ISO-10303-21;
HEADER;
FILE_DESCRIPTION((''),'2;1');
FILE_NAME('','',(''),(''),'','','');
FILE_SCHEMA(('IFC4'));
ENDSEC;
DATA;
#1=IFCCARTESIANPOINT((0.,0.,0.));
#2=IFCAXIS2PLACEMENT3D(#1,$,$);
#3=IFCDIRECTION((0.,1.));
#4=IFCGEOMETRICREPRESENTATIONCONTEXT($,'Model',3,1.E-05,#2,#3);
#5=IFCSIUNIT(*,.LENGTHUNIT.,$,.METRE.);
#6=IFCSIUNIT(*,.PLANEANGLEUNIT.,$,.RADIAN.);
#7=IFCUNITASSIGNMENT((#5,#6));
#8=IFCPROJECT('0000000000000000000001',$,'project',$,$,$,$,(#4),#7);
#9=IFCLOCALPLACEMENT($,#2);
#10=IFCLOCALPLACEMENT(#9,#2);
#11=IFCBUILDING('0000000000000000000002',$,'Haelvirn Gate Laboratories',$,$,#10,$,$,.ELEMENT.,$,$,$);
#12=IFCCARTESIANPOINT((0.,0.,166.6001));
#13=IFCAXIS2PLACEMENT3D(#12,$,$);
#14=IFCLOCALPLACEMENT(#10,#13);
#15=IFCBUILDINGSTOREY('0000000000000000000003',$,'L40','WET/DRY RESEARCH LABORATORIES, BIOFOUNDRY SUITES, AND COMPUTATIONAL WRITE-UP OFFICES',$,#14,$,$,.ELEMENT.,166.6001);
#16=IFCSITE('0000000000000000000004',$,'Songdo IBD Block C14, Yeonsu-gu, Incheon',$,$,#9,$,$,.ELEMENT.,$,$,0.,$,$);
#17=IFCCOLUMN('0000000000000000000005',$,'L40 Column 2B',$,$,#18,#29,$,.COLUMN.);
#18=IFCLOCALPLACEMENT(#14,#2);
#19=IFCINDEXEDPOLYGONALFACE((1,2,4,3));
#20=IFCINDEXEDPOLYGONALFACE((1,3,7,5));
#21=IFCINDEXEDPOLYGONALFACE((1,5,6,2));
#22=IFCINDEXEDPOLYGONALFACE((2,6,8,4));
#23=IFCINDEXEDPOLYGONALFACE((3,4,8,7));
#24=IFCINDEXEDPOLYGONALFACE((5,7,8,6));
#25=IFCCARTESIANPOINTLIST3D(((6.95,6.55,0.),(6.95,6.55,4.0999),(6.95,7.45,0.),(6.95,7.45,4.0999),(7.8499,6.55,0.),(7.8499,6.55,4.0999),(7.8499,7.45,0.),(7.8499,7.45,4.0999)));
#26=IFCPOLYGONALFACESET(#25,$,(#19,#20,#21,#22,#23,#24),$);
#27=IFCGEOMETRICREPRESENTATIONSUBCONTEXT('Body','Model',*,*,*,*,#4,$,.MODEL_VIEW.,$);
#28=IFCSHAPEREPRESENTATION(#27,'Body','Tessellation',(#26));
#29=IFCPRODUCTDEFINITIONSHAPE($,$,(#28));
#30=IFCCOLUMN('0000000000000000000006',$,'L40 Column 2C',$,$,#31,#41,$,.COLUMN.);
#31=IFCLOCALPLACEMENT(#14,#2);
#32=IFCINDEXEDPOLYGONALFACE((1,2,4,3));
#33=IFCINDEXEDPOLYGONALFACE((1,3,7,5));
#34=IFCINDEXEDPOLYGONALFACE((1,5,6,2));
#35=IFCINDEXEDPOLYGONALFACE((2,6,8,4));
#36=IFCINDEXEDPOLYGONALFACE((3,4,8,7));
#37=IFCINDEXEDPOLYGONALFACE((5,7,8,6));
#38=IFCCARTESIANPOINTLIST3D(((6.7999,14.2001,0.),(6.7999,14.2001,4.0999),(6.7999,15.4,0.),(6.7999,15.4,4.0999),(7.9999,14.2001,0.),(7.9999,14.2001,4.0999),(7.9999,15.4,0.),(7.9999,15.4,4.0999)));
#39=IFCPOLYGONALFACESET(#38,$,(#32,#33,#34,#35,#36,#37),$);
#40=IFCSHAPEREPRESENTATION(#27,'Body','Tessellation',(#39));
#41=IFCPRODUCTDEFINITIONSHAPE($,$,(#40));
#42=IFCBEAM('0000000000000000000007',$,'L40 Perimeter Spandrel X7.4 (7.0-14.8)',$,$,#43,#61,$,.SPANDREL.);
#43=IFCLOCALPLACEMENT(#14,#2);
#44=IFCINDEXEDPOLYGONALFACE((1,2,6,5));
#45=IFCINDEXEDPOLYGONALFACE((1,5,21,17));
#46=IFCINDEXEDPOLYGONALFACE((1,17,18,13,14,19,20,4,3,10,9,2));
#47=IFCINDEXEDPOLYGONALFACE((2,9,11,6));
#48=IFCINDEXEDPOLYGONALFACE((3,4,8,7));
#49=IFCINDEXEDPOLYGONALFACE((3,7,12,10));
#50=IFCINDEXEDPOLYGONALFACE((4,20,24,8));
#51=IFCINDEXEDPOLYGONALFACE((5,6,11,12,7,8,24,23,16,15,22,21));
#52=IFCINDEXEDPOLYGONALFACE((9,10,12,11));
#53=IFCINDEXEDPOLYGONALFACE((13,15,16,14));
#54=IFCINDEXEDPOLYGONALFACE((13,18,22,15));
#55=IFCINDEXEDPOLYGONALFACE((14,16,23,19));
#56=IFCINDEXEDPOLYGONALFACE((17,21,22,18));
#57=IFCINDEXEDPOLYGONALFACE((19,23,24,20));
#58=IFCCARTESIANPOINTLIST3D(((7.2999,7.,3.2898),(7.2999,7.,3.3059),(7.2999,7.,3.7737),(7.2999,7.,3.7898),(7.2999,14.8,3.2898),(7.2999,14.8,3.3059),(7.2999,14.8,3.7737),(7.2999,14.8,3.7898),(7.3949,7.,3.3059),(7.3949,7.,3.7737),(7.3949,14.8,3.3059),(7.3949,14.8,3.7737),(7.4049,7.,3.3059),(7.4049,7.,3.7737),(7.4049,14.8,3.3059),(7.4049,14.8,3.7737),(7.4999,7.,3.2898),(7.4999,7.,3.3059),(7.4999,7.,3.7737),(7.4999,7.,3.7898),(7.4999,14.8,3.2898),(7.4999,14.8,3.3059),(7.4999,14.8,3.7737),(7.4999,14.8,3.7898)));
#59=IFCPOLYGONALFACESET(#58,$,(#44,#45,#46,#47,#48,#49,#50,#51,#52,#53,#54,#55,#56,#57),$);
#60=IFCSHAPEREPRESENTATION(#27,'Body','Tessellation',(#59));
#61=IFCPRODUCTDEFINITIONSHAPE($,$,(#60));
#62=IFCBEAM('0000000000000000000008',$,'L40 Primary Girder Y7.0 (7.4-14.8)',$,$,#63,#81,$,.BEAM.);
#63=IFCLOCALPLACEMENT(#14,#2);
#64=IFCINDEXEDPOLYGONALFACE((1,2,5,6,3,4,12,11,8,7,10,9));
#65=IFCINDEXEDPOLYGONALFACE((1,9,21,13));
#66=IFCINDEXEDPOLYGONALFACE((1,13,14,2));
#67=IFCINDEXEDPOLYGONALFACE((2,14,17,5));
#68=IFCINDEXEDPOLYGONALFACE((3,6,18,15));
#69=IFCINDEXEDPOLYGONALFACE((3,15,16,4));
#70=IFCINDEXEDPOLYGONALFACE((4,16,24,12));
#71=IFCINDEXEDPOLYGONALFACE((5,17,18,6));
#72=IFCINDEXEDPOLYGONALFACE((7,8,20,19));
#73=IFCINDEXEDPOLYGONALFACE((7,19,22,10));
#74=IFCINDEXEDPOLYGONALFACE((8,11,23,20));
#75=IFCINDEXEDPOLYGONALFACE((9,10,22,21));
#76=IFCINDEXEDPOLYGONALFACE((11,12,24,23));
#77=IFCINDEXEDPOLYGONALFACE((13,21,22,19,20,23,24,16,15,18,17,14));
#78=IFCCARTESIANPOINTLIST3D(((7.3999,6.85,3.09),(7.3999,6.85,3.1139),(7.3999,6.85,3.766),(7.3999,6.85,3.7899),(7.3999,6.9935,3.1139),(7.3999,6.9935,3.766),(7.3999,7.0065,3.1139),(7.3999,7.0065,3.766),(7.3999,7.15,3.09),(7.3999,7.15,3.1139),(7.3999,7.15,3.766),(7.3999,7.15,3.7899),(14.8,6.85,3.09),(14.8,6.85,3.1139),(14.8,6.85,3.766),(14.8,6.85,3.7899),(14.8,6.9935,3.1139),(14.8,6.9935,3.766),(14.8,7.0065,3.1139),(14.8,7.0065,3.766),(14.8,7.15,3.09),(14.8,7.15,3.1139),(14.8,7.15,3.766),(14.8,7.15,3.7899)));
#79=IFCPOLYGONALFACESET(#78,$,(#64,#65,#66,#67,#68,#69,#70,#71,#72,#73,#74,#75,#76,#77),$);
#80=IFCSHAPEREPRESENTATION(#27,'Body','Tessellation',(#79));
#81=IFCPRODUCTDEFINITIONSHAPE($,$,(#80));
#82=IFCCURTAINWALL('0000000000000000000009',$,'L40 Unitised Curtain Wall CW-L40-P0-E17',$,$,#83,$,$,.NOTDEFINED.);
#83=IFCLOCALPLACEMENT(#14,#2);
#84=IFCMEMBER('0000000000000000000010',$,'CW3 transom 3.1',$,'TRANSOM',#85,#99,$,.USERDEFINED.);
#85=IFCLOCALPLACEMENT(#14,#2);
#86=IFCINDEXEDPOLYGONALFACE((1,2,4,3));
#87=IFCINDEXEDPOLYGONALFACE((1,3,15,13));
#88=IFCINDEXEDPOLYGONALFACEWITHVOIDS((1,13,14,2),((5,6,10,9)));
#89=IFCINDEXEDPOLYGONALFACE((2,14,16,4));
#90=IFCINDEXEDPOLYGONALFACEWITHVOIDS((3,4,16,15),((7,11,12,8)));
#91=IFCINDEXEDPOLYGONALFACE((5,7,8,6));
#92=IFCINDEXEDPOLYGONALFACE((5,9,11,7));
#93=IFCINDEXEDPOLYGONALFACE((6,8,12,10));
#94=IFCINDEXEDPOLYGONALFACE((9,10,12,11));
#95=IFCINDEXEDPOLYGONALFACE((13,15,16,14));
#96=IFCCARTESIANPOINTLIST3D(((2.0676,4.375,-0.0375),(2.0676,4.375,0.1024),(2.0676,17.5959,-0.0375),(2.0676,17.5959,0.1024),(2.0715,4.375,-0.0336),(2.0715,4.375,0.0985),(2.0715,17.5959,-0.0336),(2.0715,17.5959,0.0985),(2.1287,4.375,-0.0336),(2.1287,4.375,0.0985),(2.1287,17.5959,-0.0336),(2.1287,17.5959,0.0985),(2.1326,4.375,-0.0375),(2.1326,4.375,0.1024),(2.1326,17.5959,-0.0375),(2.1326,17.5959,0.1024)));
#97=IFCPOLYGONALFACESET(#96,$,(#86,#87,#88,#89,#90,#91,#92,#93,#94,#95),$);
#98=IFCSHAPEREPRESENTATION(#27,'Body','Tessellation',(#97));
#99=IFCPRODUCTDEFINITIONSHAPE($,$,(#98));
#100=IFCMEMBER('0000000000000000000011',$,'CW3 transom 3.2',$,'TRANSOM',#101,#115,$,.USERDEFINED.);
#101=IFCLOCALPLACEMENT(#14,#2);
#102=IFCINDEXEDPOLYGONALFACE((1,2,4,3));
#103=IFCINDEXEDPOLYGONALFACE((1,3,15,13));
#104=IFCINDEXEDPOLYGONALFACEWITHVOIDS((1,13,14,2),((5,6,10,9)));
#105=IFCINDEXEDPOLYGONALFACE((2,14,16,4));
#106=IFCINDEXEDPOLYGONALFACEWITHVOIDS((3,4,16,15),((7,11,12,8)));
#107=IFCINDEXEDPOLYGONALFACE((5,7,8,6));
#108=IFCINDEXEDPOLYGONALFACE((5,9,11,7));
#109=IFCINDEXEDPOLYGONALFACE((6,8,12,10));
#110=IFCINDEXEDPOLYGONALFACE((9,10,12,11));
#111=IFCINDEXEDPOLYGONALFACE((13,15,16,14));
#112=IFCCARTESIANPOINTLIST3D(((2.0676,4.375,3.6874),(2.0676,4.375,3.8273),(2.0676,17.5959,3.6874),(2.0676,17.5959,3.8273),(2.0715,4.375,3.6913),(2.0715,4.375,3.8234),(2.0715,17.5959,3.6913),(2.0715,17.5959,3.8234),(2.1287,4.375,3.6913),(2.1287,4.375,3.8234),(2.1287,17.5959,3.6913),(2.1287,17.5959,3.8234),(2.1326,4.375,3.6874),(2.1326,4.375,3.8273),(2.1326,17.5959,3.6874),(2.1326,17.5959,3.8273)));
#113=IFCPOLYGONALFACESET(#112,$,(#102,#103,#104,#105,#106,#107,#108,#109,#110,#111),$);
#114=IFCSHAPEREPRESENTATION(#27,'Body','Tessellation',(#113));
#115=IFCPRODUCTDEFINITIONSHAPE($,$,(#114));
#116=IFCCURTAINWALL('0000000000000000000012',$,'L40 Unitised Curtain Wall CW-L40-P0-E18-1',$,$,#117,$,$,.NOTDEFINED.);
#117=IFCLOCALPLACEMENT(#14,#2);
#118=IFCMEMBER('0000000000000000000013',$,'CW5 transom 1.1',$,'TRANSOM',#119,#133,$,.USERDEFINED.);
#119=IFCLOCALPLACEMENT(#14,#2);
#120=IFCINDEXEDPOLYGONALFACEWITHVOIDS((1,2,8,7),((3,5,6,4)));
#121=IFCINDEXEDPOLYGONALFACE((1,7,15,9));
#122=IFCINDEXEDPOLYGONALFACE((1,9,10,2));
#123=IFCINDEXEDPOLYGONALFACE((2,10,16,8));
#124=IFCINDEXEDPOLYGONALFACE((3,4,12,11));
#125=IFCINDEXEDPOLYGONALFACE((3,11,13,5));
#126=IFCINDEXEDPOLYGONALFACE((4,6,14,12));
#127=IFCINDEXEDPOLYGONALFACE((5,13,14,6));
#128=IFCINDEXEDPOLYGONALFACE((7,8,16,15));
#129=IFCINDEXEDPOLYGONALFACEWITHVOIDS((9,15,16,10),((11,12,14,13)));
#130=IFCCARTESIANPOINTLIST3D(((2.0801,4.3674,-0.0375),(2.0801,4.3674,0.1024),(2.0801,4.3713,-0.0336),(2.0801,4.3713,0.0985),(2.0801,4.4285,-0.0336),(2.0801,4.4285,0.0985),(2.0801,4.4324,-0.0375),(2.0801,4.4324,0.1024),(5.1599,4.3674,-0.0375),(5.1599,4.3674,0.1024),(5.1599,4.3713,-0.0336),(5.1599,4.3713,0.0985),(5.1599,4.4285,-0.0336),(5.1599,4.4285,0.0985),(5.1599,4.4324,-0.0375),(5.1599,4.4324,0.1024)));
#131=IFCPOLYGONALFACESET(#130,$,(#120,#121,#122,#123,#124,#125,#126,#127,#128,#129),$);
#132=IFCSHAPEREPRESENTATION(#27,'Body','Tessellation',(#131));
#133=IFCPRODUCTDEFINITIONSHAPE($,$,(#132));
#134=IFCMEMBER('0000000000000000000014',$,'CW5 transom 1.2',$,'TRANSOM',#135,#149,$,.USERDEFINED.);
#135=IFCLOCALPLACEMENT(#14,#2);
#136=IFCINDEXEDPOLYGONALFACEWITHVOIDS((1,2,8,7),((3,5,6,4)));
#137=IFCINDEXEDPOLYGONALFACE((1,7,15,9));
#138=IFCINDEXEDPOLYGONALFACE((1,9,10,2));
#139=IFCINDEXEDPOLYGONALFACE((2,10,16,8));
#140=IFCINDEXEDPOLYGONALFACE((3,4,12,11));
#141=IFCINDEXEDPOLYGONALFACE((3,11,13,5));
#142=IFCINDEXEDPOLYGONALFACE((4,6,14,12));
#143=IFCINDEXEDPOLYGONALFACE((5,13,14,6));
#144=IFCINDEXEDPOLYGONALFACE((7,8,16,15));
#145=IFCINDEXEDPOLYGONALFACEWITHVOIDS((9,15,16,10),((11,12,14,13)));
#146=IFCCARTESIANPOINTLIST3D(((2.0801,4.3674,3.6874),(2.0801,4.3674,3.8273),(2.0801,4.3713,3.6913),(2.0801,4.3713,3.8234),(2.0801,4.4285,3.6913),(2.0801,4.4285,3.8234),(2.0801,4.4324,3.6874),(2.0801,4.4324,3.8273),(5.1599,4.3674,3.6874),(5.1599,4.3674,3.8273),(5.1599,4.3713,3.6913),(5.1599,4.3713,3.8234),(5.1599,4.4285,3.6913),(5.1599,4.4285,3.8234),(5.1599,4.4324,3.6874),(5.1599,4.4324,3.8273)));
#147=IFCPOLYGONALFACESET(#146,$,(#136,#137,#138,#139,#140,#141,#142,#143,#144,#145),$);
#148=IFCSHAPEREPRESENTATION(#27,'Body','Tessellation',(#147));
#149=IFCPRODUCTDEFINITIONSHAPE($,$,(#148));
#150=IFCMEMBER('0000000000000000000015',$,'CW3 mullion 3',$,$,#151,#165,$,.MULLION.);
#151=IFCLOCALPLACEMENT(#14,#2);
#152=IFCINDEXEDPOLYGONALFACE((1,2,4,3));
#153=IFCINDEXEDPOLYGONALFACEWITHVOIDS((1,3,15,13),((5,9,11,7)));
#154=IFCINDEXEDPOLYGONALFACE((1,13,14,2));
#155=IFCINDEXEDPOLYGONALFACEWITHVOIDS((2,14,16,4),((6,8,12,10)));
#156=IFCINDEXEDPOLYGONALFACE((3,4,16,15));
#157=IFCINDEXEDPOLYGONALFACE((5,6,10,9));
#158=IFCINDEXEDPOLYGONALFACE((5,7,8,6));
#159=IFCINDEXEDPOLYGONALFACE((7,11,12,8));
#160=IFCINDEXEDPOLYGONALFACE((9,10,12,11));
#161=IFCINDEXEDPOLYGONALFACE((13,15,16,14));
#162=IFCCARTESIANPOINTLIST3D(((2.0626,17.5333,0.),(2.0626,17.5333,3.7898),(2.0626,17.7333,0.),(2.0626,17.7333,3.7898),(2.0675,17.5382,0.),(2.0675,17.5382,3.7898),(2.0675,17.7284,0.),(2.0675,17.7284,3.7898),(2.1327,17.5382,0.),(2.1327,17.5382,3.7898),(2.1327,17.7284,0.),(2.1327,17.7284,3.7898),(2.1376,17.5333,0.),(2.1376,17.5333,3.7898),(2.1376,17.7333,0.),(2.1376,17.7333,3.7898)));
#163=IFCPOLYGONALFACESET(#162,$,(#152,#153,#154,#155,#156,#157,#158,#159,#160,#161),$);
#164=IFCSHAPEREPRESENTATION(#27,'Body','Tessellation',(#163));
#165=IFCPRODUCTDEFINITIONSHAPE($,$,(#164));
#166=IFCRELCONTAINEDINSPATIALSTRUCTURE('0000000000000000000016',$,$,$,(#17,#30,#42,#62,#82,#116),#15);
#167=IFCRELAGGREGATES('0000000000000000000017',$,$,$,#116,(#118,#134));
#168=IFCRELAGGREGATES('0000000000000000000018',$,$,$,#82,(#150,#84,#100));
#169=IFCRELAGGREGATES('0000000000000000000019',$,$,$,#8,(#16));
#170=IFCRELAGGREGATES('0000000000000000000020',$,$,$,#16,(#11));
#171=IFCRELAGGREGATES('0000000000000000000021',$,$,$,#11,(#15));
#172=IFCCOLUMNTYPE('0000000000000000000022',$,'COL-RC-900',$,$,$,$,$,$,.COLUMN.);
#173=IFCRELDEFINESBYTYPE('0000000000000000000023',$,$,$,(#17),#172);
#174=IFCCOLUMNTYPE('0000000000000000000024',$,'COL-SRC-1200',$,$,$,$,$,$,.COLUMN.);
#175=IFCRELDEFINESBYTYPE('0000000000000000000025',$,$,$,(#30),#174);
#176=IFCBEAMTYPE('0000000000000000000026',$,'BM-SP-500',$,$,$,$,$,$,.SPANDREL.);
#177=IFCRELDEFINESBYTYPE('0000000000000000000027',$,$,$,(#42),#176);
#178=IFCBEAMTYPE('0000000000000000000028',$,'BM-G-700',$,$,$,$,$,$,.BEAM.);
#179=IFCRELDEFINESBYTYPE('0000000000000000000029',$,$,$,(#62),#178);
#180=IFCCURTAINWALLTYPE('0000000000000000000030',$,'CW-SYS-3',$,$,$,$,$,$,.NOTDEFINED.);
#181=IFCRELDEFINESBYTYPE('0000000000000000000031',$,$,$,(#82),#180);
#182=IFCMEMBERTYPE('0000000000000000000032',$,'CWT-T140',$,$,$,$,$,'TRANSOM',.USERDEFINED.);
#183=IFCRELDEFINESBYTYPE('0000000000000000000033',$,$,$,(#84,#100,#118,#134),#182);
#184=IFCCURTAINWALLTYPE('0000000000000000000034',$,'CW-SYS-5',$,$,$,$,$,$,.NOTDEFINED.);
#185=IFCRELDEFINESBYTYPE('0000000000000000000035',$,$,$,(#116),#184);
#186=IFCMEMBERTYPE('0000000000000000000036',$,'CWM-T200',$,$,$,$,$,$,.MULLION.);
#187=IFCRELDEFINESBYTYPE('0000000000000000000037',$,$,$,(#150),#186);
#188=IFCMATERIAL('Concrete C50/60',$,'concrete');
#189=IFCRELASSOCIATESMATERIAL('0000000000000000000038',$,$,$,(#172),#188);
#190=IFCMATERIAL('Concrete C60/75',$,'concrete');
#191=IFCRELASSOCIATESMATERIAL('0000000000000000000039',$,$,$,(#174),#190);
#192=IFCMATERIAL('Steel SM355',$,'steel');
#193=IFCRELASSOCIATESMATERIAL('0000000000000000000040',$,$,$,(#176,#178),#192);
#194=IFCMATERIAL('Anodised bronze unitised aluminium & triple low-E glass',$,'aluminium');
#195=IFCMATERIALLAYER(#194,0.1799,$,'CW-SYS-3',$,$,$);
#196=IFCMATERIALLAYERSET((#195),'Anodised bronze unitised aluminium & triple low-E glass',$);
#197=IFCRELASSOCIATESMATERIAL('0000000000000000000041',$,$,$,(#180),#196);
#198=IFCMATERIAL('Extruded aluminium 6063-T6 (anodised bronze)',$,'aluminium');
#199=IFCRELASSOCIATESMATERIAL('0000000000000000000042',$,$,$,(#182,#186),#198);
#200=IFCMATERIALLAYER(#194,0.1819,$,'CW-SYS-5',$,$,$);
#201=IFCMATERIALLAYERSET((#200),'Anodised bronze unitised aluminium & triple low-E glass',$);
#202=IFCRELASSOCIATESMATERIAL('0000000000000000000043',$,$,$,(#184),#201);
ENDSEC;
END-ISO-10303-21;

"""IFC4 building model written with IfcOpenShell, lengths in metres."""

from ifc_helpers import new_model, si_unit, direction, frame, origin, origin_2d, place, context, subcontext, project, spatial, rectangle, hollow_rectangle, i_section, extrude, source, transform, mapped, material, layer, layer_set, material_profile, profile_set, type_object, type_shapes, element, aggregate, save


model = new_model("IFC4")

# Units and contexts
model_context = context("Model", 3, precision=1e-05, world=origin(), true_north=direction((0.0, 1.0)))
body_context = subcontext(model_context, "Body", "Model", "MODEL_VIEW")
ifc_project = project(units=[si_unit("LENGTHUNIT", "METRE"), si_unit("PLANEANGLEUNIT", "RADIAN")], contexts=[model_context])

# Site, building, storey
site_placement = place(None, origin())
site = spatial("IfcSite", under=ifc_project, at=site_placement, Name="Songdo IBD Block C14, Yeonsu-gu, Incheon", CompositionType="ELEMENT", RefElevation=0.0)
building_placement = place(site_placement, origin())
building = spatial("IfcBuilding", under=site, at=building_placement, Name="Haelvirn Gate Laboratories", CompositionType="ELEMENT")
storey_placement = place(building_placement, frame((0.0, 0.0, 166.6001)))
storey = spatial("IfcBuildingStorey", under=building, at=storey_placement, Name="L40", Description="WET/DRY RESEARCH LABORATORIES, BIOFOUNDRY SUITES, AND COMPUTATIONAL WRITE-UP OFFICES", CompositionType="ELEMENT", Elevation=166.6001)

# Columns
ifc_material_1 = material(Name="Concrete C50/60", Category="concrete")
ifc_material_profile_1 = material_profile(ifc_material_1, rectangle(XDim=0.8999, YDim=0.8999, at=origin_2d()), Name="RC-900x900")
ifc_profile_set_1 = profile_set([ifc_material_profile_1], Name="Concrete C50/60")
column_type_1 = type_object("IfcColumnType", Name="COL-RC-900", PredefinedType="COLUMN", material=ifc_profile_set_1)
shared_shape_1 = source(origin(), body_context, "Body", "SweptSolid", [
    extrude(rectangle(XDim=0.8999, YDim=0.8999, at=origin_2d()), origin(), (0.0, 0.0, 1.0), 4.0999),
])
type_shapes(column_type_1, [shared_shape_1])
column_1_placement = place(storey_placement, frame((7.3999, 7.0, 0.0), z_axis=(0.0, 0.0, 1.0), x_axis=(1.0, 0.0, 0.0)))
element("IfcColumn", 1, at=column_1_placement, inside=storey, type_object=column_type_1, Name="L40 Column 2B", PredefinedType="COLUMN", context=body_context, shape_type="MappedRepresentation", body=[
    mapped(shared_shape_1, transform((0.0, 0.0, 0.0), scale=1.0)),
])
ifc_material_2 = material(Name="Concrete C60/75", Category="concrete")
ifc_material_profile_2 = material_profile(ifc_material_2, rectangle(XDim=1.2, YDim=1.2, at=origin_2d()), Name="SRC-1200x1200")
ifc_profile_set_2 = profile_set([ifc_material_profile_2], Name="Concrete C60/75")
column_type_2 = type_object("IfcColumnType", Name="COL-SRC-1200", PredefinedType="COLUMN", material=ifc_profile_set_2)
shared_shape_2 = source(origin(), body_context, "Body", "SweptSolid", [
    extrude(rectangle(XDim=1.2, YDim=1.2, at=origin_2d()), origin(), (0.0, 0.0, 1.0), 4.0999),
])
type_shapes(column_type_2, [shared_shape_2])
column_2_placement = place(storey_placement, frame((7.3999, 14.8, 0.0), z_axis=(0.0, 0.0, 1.0), x_axis=(1.0, 0.0, 0.0)))
element("IfcColumn", 2, at=column_2_placement, inside=storey, type_object=column_type_2, Name="L40 Column 2C", PredefinedType="COLUMN", context=body_context, shape_type="MappedRepresentation", body=[
    mapped(shared_shape_2, transform((0.0, 0.0, 0.0), scale=1.0)),
])

# Beams
ifc_material_3 = material(Name="Steel SM355", Category="steel")
ifc_material_profile_3 = material_profile(ifc_material_3, i_section(OverallWidth=0.2, OverallDepth=0.5, WebThickness=0.01, FlangeThickness=0.0161, at=origin_2d()), Name="H-500x200x10x16")
ifc_profile_set_3 = profile_set([ifc_material_profile_3], Name="Steel SM355")
beam_type_1 = type_object("IfcBeamType", Name="BM-SP-500", PredefinedType="SPANDREL", material=ifc_profile_set_3)
shared_shape_3 = source(origin(), body_context, "Body", "SweptSolid", [
    extrude(i_section(OverallWidth=0.2, OverallDepth=0.5, WebThickness=0.01, FlangeThickness=0.0161, at=origin_2d()), origin(), (0.0, 0.0, 1.0), 7.8),
])
type_shapes(beam_type_1, [shared_shape_3])
beam_1_placement = place(storey_placement, frame((7.3999, 7.0, 3.5398), z_axis=(0.0, 1.0, 0.0), x_axis=(-1.0, 0.0, 0.0)))
element("IfcBeam", 3, at=beam_1_placement, inside=storey, type_object=beam_type_1, Name="L40 Perimeter Spandrel X7.4 (7.0-14.8)", PredefinedType="SPANDREL", context=body_context, shape_type="MappedRepresentation", body=[
    mapped(shared_shape_3, transform((0.0, 0.0, 0.0), scale=1.0)),
])
ifc_material_profile_4 = material_profile(ifc_material_3, i_section(OverallWidth=0.3, OverallDepth=0.7, WebThickness=0.0129, FlangeThickness=0.0239, at=origin_2d()), Name="H-700x300x13x24")
ifc_profile_set_4 = profile_set([ifc_material_profile_4], Name="Steel SM355")
beam_type_2 = type_object("IfcBeamType", Name="BM-G-700", PredefinedType="BEAM", material=ifc_profile_set_4)
shared_shape_4 = source(origin(), body_context, "Body", "SweptSolid", [
    extrude(i_section(OverallWidth=0.3, OverallDepth=0.7, WebThickness=0.0129, FlangeThickness=0.0239, at=origin_2d()), origin(), (0.0, 0.0, 1.0), 7.4001),
])
type_shapes(beam_type_2, [shared_shape_4])
beam_2_placement = place(storey_placement, frame((7.3999, 7.0, 3.4399), z_axis=(1.0, 0.0, 0.0), x_axis=(0.0, 1.0, 0.0)))
element("IfcBeam", 4, at=beam_2_placement, inside=storey, type_object=beam_type_2, Name="L40 Primary Girder Y7.0 (7.4-14.8)", PredefinedType="BEAM", context=body_context, shape_type="MappedRepresentation", body=[
    mapped(shared_shape_4, transform((0.0, 0.0, 0.0), scale=1.0)),
])

# Curtain walls, members
ifc_material_4 = material(Name="Anodised bronze unitised aluminium & triple low-E glass", Category="aluminium")
ifc_layer_1 = layer(ifc_material_4, 0.1799, Name="CW-SYS-3")
ifc_layer_set_1 = layer_set([ifc_layer_1], Name="Anodised bronze unitised aluminium & triple low-E glass")
curtain_wall_type_1 = type_object("IfcCurtainWallType", Name="CW-SYS-3", PredefinedType="NOTDEFINED", material=ifc_layer_set_1)
curtain_wall_1_placement = place(storey_placement, origin())
curtain_wall_1 = element("IfcCurtainWall", 5, at=curtain_wall_1_placement, inside=storey, type_object=curtain_wall_type_1, Name="L40 Unitised Curtain Wall CW-L40-P0-E17", PredefinedType="NOTDEFINED")
ifc_material_5 = material(Name="Extruded aluminium 6063-T6 (anodised bronze)", Category="aluminium")
ifc_material_profile_5 = material_profile(ifc_material_5, hollow_rectangle(XDim=0.0649, YDim=0.1399, WallThickness=0.0039, at=origin_2d()), Name="CWT-140x65x4")
ifc_profile_set_5 = profile_set([ifc_material_profile_5], Name="Extruded aluminium 6063-T6 (anodised bronze)")
member_type_1 = type_object("IfcMemberType", Name="CWT-T140", ElementType="TRANSOM", PredefinedType="USERDEFINED", material=ifc_profile_set_5)
shared_shape_5 = source(origin(), body_context, "Body", "SweptSolid", [
    extrude(hollow_rectangle(XDim=0.0649, YDim=0.1399, WallThickness=0.0039, at=origin_2d()), origin(), (0.0, 0.0, 1.0), 13.2209),
])
member_1_placement = place(storey_placement, frame((2.1001, 17.5959, 0.0325), z_axis=(0.0, -1.0, 0.0), x_axis=(1.0, 0.0, 0.0)))
member_1 = element("IfcMember", 6, at=member_1_placement, type_object=member_type_1, Name="CW3 transom 3.1", ObjectType="TRANSOM", PredefinedType="USERDEFINED", context=body_context, shape_type="MappedRepresentation", body=[
    mapped(shared_shape_5, transform((0.0, 0.0, 0.0), scale=1.0)),
])
member_2_placement = place(storey_placement, frame((2.1001, 17.5959, 3.7573), z_axis=(0.0, -1.0, 0.0), x_axis=(1.0, 0.0, 0.0)))
member_2 = element("IfcMember", 7, at=member_2_placement, type_object=member_type_1, Name="CW3 transom 3.2", ObjectType="TRANSOM", PredefinedType="USERDEFINED", context=body_context, shape_type="MappedRepresentation", body=[
    mapped(shared_shape_5, transform((0.0, 0.0, 0.0), scale=1.0)),
])
ifc_layer_2 = layer(ifc_material_4, 0.1819, Name="CW-SYS-5")
ifc_layer_set_2 = layer_set([ifc_layer_2], Name="Anodised bronze unitised aluminium & triple low-E glass")
curtain_wall_type_2 = type_object("IfcCurtainWallType", Name="CW-SYS-5", PredefinedType="NOTDEFINED", material=ifc_layer_set_2)
curtain_wall_2_placement = place(storey_placement, origin())
curtain_wall_2 = element("IfcCurtainWall", 8, at=curtain_wall_2_placement, inside=storey, type_object=curtain_wall_type_2, Name="L40 Unitised Curtain Wall CW-L40-P0-E18-1", PredefinedType="NOTDEFINED")
shared_shape_6 = source(origin(), body_context, "Body", "SweptSolid", [
    extrude(hollow_rectangle(XDim=0.0649, YDim=0.1399, WallThickness=0.0039, at=origin_2d()), origin(), (0.0, 0.0, 1.0), 3.0798),
])
type_shapes(member_type_1, [shared_shape_5, shared_shape_6])
member_3_placement = place(storey_placement, frame((2.0801, 4.3999, 0.0325), z_axis=(1.0, 0.0, 0.0), x_axis=(0.0, 1.0, 0.0)))
member_3 = element("IfcMember", 9, at=member_3_placement, type_object=member_type_1, Name="CW5 transom 1.1", ObjectType="TRANSOM", PredefinedType="USERDEFINED", context=body_context, shape_type="MappedRepresentation", body=[
    mapped(shared_shape_6, transform((0.0, 0.0, 0.0), scale=1.0)),
])
member_4_placement = place(storey_placement, frame((2.0801, 4.3999, 3.7573), z_axis=(1.0, 0.0, 0.0), x_axis=(0.0, 1.0, 0.0)))
member_4 = element("IfcMember", 10, at=member_4_placement, type_object=member_type_1, Name="CW5 transom 1.2", ObjectType="TRANSOM", PredefinedType="USERDEFINED", context=body_context, shape_type="MappedRepresentation", body=[
    mapped(shared_shape_6, transform((0.0, 0.0, 0.0), scale=1.0)),
])

# Member
ifc_material_profile_6 = material_profile(ifc_material_5, hollow_rectangle(XDim=0.075, YDim=0.2, WallThickness=0.0049, at=origin_2d()), Name="CWM-200x75x5")
ifc_profile_set_6 = profile_set([ifc_material_profile_6], Name="Extruded aluminium 6063-T6 (anodised bronze)")
member_type_2 = type_object("IfcMemberType", Name="CWM-T200", PredefinedType="MULLION", material=ifc_profile_set_6)
shared_shape_7 = source(origin(), body_context, "Body", "SweptSolid", [
    extrude(hollow_rectangle(XDim=0.075, YDim=0.2, WallThickness=0.0049, at=origin_2d()), origin(), (0.0, 0.0, 1.0), 3.7898),
])
type_shapes(member_type_2, [shared_shape_7])
member_5_placement = place(storey_placement, frame((2.1001, 17.6333, 0.0), z_axis=(0.0, 0.0, 1.0), x_axis=(1.0, 0.0, 0.0)))
member_5 = element("IfcMember", 11, at=member_5_placement, type_object=member_type_2, Name="CW3 mullion 3", PredefinedType="MULLION", context=body_context, shape_type="MappedRepresentation", body=[
    mapped(shared_shape_7, transform((0.0, 0.0, 0.0), scale=1.0)),
])

aggregate(curtain_wall_2, [member_3, member_4])
aggregate(curtain_wall_1, [member_5, member_1, member_2])

save(model, "model.ifc")
